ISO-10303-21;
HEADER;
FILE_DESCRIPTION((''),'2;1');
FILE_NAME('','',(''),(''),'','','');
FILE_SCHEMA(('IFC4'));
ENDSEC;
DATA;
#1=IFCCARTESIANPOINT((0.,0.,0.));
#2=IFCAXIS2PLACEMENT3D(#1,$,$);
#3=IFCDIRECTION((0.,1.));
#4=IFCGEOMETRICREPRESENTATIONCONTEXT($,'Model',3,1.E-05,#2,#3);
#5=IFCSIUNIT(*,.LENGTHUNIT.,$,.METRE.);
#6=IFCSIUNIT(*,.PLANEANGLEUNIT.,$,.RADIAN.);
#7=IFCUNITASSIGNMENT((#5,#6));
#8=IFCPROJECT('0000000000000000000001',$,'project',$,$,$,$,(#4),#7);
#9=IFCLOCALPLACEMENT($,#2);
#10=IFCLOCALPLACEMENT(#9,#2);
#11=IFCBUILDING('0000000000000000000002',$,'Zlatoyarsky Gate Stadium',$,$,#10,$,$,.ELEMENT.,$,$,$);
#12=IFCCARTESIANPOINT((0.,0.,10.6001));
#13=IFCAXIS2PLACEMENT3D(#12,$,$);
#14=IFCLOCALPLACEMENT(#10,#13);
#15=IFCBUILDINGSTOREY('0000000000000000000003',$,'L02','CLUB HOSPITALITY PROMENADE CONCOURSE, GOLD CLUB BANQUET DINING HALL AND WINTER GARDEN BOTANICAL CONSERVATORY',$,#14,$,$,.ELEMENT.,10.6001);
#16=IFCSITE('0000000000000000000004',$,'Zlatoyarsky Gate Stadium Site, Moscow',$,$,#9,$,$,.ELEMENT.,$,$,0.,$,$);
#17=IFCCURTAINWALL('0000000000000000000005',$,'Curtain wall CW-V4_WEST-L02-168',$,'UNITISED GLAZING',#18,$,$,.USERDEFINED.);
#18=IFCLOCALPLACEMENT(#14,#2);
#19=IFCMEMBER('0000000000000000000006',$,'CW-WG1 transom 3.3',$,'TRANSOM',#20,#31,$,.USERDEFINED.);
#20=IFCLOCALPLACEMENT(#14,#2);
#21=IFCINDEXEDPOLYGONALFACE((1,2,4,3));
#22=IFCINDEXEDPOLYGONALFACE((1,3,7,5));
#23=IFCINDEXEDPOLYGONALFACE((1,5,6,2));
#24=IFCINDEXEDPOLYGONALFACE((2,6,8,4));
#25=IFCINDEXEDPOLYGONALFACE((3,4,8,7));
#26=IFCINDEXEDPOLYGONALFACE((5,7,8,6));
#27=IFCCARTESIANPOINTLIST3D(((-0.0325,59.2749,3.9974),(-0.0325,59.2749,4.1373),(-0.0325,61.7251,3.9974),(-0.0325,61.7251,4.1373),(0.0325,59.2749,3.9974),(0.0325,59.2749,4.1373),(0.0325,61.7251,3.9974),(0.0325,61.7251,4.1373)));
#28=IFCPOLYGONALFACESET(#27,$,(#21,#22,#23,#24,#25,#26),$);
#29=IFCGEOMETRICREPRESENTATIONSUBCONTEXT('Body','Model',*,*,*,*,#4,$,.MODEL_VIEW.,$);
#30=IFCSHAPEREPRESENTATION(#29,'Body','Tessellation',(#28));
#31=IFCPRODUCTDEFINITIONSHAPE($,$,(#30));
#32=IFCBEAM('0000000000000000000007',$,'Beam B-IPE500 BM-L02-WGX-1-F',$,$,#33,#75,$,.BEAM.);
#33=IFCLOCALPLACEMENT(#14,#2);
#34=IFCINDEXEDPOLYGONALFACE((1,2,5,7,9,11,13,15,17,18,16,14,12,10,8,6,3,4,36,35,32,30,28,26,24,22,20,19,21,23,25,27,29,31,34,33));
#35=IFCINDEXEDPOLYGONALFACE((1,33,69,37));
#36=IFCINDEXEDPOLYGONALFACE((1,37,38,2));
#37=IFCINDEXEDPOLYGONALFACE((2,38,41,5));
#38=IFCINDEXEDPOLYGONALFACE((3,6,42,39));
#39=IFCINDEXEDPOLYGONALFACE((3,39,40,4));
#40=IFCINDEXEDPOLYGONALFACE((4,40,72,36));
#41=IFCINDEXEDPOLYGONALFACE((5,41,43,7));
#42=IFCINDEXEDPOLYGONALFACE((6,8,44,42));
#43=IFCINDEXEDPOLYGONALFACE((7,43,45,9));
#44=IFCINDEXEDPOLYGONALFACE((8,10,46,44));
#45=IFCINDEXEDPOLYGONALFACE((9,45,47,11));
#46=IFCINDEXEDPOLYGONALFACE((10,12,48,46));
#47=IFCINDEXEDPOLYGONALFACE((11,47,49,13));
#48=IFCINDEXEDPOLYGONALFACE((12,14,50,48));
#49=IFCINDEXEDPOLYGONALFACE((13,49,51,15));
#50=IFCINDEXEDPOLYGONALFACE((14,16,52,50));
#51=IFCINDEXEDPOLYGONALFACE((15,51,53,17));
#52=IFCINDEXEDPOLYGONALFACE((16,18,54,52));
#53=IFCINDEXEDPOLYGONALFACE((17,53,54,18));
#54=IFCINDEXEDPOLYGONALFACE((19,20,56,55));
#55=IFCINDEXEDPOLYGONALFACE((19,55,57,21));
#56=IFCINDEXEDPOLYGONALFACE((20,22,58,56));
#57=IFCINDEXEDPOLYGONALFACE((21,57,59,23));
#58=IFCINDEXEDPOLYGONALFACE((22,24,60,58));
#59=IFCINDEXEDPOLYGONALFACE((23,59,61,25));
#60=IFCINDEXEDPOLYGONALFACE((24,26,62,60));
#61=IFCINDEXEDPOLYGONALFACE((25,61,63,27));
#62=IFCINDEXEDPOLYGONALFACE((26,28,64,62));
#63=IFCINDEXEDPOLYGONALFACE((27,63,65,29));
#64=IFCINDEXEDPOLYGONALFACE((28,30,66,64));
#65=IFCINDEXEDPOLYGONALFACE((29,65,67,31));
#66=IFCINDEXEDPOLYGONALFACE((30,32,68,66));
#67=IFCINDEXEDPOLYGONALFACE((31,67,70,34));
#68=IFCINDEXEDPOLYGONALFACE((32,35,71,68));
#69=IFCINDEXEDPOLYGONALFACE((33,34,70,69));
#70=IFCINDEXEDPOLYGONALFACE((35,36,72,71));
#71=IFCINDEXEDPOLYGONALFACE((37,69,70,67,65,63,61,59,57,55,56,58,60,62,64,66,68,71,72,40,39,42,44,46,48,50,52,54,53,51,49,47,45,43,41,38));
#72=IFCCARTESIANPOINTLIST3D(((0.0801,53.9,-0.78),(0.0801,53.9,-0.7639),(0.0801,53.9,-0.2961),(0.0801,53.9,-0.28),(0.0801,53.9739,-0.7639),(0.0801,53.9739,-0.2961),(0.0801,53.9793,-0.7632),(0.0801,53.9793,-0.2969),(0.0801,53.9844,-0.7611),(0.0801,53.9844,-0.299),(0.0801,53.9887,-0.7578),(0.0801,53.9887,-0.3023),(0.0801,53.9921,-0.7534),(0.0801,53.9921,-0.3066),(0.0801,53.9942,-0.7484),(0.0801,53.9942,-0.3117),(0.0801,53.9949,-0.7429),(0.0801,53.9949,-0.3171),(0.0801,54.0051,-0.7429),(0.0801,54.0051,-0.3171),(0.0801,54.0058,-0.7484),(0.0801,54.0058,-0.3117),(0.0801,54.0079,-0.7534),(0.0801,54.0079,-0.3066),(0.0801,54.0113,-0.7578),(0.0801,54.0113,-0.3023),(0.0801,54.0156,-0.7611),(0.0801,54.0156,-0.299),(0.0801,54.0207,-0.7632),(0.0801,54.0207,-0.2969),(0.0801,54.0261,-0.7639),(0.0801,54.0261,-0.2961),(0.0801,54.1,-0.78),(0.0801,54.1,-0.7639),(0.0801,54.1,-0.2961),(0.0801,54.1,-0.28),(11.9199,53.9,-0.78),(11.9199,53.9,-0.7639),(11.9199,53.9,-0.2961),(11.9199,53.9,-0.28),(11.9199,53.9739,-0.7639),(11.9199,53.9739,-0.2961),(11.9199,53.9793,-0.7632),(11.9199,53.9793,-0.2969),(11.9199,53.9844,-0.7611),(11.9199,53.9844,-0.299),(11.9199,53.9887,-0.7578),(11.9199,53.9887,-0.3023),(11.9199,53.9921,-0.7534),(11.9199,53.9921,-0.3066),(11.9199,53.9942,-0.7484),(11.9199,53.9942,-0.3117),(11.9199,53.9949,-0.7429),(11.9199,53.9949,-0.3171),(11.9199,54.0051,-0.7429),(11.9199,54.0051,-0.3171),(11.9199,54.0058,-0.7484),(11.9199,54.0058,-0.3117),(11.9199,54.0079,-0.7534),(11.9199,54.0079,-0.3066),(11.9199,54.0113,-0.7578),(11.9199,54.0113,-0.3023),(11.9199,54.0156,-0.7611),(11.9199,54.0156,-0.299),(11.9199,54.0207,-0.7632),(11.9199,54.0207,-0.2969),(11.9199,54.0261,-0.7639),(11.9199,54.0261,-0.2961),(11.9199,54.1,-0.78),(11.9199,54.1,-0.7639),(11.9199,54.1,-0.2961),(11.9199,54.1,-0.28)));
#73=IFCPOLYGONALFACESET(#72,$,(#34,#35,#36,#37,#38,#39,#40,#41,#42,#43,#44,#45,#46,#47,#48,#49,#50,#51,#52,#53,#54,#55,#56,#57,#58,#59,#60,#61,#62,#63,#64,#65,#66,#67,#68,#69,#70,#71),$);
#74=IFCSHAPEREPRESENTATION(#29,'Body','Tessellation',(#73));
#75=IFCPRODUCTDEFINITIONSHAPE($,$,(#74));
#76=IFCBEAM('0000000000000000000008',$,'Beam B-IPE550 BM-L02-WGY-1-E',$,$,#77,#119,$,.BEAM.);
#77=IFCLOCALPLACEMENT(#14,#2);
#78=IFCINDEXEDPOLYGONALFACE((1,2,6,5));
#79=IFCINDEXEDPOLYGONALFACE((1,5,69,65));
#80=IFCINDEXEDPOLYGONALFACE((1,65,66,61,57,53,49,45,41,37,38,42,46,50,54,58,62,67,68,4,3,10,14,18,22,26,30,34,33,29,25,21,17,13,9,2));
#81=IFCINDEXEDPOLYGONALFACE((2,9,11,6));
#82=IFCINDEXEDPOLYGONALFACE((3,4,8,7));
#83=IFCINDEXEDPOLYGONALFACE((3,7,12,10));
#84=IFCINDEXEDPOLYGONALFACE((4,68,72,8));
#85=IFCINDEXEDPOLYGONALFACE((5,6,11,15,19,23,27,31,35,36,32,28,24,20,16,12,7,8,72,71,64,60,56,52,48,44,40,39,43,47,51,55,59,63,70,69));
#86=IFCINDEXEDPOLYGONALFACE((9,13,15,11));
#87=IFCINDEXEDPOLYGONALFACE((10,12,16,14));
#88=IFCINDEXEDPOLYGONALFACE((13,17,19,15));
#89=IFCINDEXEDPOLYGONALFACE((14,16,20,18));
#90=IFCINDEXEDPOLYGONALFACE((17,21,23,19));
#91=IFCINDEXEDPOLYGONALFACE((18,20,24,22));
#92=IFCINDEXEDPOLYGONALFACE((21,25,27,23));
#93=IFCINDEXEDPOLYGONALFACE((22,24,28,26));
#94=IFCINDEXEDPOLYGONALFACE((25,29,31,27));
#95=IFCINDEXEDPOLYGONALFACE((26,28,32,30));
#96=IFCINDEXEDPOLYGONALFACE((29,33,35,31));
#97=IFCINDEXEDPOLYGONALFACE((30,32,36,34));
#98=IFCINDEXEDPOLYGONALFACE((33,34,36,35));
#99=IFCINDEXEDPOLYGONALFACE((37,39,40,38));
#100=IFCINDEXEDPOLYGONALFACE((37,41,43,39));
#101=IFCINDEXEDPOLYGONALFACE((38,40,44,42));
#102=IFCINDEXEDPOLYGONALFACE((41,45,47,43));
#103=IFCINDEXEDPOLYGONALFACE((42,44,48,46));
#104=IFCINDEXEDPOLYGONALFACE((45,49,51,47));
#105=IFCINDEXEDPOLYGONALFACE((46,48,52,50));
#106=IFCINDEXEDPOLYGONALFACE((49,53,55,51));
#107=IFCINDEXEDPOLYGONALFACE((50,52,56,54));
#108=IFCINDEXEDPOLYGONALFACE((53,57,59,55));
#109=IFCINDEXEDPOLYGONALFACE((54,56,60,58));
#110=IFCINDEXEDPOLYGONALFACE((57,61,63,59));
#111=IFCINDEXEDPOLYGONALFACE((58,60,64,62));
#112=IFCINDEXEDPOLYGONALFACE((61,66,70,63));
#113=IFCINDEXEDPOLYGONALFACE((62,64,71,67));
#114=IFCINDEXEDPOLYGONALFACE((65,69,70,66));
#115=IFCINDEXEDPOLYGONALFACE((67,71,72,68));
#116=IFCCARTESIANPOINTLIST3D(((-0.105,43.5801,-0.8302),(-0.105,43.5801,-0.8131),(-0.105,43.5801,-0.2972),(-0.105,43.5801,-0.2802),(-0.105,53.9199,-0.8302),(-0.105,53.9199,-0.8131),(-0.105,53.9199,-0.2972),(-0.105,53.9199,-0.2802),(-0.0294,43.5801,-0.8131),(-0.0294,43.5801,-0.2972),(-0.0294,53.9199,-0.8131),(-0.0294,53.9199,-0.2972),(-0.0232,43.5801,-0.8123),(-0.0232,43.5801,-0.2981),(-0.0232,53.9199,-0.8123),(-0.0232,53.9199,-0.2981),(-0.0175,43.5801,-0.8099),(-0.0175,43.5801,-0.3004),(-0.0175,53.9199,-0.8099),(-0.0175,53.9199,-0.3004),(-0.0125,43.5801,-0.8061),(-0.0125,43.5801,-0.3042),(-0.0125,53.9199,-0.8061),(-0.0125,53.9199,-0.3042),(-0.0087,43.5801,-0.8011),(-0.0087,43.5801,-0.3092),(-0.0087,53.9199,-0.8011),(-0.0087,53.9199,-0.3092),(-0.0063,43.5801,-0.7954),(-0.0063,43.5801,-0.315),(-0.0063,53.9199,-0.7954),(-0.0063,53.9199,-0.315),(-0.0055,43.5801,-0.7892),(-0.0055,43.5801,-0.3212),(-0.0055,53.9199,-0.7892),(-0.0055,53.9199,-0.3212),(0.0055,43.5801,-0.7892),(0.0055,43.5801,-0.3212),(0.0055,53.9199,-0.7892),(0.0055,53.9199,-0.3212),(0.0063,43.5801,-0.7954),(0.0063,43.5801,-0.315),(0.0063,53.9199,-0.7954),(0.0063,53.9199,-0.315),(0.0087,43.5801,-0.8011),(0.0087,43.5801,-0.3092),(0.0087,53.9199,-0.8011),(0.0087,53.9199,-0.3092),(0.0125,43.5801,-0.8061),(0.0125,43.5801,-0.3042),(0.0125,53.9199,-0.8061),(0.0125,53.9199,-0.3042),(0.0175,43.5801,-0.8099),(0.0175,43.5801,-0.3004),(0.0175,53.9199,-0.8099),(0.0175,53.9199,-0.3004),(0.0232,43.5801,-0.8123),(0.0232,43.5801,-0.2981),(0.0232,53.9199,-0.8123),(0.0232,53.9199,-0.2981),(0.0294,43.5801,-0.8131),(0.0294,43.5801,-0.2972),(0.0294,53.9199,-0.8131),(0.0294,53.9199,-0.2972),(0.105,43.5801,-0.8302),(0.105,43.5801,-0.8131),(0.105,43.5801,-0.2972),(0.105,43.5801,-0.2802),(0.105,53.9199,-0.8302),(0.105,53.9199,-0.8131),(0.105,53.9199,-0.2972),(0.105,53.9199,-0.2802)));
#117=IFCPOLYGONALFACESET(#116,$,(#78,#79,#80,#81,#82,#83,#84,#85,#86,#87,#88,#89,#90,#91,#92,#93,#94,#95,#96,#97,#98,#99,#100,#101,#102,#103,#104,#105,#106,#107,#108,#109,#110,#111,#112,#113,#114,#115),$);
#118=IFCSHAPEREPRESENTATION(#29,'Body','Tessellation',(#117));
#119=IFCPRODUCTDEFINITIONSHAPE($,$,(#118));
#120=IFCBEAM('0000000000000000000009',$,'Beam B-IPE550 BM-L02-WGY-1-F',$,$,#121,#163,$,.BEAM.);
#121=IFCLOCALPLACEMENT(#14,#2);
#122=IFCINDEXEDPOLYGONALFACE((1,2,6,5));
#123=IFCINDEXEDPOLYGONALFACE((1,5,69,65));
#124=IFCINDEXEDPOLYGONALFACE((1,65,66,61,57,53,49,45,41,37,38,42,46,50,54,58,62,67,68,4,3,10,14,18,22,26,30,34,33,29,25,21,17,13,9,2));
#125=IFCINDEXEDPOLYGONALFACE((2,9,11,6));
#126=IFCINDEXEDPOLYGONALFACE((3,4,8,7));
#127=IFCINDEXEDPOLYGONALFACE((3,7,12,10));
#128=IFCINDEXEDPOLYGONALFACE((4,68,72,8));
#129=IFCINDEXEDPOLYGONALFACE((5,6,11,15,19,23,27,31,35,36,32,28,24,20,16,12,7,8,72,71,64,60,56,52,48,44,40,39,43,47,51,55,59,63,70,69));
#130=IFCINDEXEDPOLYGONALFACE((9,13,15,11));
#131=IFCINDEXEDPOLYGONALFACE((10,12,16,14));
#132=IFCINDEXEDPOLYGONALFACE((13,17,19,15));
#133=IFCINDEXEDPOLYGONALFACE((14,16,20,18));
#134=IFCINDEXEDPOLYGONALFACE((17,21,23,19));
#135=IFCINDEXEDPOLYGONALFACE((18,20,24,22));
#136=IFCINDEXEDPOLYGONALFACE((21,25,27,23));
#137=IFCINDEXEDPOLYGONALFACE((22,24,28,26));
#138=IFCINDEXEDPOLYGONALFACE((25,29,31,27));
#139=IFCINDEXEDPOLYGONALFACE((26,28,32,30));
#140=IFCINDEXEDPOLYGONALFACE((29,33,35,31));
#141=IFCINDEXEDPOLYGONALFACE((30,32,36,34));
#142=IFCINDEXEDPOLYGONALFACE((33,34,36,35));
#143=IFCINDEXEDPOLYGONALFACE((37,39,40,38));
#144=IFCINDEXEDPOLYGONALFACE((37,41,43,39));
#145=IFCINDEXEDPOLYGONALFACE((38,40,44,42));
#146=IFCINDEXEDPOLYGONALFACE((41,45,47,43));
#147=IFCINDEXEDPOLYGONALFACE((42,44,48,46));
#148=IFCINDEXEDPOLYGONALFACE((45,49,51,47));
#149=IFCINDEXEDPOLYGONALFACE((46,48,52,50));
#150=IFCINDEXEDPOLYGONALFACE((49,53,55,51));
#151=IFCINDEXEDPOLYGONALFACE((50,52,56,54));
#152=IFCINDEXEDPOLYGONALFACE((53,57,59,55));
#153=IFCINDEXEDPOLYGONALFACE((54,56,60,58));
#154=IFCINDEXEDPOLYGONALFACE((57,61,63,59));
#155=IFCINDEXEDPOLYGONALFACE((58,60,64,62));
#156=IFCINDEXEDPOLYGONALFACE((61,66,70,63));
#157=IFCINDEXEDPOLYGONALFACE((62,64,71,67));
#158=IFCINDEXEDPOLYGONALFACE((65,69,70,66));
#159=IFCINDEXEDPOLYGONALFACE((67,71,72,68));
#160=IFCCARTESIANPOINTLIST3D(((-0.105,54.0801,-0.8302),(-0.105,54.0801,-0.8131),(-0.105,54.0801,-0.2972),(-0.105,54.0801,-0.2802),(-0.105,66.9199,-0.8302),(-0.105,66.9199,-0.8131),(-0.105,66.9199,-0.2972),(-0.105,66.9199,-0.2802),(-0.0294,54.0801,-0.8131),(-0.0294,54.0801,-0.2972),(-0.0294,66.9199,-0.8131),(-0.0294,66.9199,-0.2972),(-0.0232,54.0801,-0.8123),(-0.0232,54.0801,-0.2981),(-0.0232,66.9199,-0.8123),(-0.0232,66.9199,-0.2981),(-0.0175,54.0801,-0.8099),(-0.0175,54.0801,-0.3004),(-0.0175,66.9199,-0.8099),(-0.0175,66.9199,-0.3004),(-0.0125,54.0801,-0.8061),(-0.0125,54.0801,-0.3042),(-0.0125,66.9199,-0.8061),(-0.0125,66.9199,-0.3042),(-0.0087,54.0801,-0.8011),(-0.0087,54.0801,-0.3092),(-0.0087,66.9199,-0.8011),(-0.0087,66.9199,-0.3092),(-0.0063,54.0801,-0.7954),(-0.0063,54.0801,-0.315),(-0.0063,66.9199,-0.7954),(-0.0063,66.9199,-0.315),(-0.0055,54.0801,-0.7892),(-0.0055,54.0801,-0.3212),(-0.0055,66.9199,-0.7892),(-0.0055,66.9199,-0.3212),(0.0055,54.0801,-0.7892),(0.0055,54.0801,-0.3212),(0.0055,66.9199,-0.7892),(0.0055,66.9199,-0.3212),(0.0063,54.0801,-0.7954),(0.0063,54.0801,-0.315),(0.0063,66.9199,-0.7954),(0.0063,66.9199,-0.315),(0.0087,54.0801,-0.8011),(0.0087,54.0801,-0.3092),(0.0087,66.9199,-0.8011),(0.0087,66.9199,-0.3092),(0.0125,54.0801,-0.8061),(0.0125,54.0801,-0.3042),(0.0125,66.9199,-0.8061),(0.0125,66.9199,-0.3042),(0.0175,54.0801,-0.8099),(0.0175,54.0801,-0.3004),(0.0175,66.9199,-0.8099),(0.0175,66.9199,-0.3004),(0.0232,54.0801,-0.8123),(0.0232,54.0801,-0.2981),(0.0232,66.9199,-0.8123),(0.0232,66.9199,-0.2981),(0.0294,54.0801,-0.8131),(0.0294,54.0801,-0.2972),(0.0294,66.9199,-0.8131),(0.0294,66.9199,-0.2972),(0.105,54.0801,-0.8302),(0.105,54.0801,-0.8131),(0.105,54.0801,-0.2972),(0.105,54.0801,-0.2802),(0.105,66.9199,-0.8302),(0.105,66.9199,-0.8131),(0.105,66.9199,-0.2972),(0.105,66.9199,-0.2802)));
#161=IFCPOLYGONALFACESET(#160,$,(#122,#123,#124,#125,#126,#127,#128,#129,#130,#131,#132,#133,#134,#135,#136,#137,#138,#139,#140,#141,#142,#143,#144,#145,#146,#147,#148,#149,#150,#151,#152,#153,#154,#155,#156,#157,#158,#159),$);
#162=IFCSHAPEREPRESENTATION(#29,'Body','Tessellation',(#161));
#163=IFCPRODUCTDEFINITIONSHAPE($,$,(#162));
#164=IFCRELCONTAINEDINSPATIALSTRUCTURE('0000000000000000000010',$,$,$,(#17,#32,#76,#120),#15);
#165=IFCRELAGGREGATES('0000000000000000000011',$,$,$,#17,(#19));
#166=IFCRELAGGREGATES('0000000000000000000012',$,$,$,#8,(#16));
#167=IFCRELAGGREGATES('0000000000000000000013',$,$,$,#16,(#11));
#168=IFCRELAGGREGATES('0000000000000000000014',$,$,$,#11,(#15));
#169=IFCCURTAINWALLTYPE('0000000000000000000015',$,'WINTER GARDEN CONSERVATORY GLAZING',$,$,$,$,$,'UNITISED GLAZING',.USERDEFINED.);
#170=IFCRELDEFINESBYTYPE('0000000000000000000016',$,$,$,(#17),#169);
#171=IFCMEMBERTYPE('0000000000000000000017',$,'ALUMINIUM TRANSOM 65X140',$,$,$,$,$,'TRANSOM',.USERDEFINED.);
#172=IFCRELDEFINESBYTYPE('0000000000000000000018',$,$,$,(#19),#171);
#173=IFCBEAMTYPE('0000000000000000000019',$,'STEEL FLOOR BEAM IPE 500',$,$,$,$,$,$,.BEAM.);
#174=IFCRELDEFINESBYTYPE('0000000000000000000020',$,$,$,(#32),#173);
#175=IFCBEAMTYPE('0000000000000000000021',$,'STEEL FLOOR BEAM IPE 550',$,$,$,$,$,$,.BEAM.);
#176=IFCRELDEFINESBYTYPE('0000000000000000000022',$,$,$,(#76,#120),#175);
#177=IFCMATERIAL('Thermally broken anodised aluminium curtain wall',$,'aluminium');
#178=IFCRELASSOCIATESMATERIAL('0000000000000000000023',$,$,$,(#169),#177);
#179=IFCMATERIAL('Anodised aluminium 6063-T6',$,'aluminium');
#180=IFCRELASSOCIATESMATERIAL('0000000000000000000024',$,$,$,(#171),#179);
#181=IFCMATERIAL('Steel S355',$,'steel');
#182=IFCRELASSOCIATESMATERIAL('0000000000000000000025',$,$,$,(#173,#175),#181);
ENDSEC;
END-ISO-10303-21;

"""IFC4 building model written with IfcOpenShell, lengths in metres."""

from ifc_helpers import new_model, si_unit, direction, frame, origin, origin_2d, place, context, subcontext, project, spatial, rectangle, i_section, extrude, material, material_profile, profile_set, type_object, element, aggregate, save


model = new_model("IFC4")

# Units and contexts
model_context = context("Model", 3, precision=1e-05, world=origin(), true_north=direction((0.0, 1.0)))
body_context = subcontext(model_context, "Body", "Model", "MODEL_VIEW")
ifc_project = project(units=[si_unit("LENGTHUNIT", "METRE"), si_unit("PLANEANGLEUNIT", "RADIAN")], contexts=[model_context])

# Site, building, storey
site_placement = place(None, origin())
site = spatial("IfcSite", under=ifc_project, at=site_placement, Name="Zlatoyarsky Gate Stadium Site, Moscow", CompositionType="ELEMENT", RefElevation=0.0)
building_placement = place(site_placement, origin())
building = spatial("IfcBuilding", under=site, at=building_placement, Name="Zlatoyarsky Gate Stadium", CompositionType="ELEMENT")
storey_placement = place(building_placement, frame((0.0, 0.0, 10.6001)))
storey = spatial("IfcBuildingStorey", under=building, at=storey_placement, Name="L02", Description="CLUB HOSPITALITY PROMENADE CONCOURSE, GOLD CLUB BANQUET DINING HALL AND WINTER GARDEN BOTANICAL CONSERVATORY", CompositionType="ELEMENT", Elevation=10.6001)

# Shared definitions
ifc_material_1 = material(Name="Steel S355", Category="steel")

# Curtain wall, member
ifc_material_2 = material(Name="Thermally broken anodised aluminium curtain wall", Category="aluminium")
curtain_wall_type = type_object("IfcCurtainWallType", Name="WINTER GARDEN CONSERVATORY GLAZING", ElementType="UNITISED GLAZING", PredefinedType="USERDEFINED", material=ifc_material_2)
curtain_wall_placement = place(storey_placement, origin())
curtain_wall = element("IfcCurtainWall", 1, at=curtain_wall_placement, inside=storey, type_object=curtain_wall_type, Name="Curtain wall CW-V4_WEST-L02-168", ObjectType="UNITISED GLAZING", PredefinedType="USERDEFINED")
ifc_material_3 = material(Name="Anodised aluminium 6063-T6", Category="aluminium")
ifc_material_profile_1 = material_profile(ifc_material_3, rectangle(XDim=0.0649, YDim=0.1399, at=origin_2d()), Name="ALU 65X140")
ifc_profile_set_1 = profile_set([ifc_material_profile_1], Name="Anodised aluminium 6063-T6")
member_type_1 = type_object("IfcMemberType", Name="ALUMINIUM TRANSOM 65X140", ElementType="TRANSOM", PredefinedType="USERDEFINED", material=ifc_profile_set_1)
member_1_placement = place(storey_placement, frame((0.0, 59.2749, 4.0674), z_axis=(0.0, 1.0, 0.0), x_axis=(-1.0, 0.0, 0.0)))
member_1 = element("IfcMember", 2, at=member_1_placement, type_object=member_type_1, Name="CW-WG1 transom 3.3", ObjectType="TRANSOM", PredefinedType="USERDEFINED", context=body_context, shape_type="SweptSolid", body=[
    extrude(rectangle(XDim=0.0649, YDim=0.1399, at=origin_2d()), origin(), (0.0, 0.0, 1.0), 2.4502),
])

# Beams
ifc_material_profile_2 = material_profile(ifc_material_1, i_section(OverallWidth=0.2, OverallDepth=0.5, WebThickness=0.0103, FlangeThickness=0.0161, FilletRadius=0.021, at=origin_2d()), Name="IPE 500")
ifc_profile_set_2 = profile_set([ifc_material_profile_2], Name="Steel S355")
beam_type_1 = type_object("IfcBeamType", Name="STEEL FLOOR BEAM IPE 500", PredefinedType="BEAM", material=ifc_profile_set_2)
beam_1_placement = place(storey_placement, frame((0.0801, 54.0, -0.53), z_axis=(1.0, 0.0, 0.0), x_axis=(0.0, 1.0, 0.0)))
element("IfcBeam", 3, at=beam_1_placement, inside=storey, type_object=beam_type_1, Name="Beam B-IPE500 BM-L02-WGX-1-F", PredefinedType="BEAM", context=body_context, shape_type="SweptSolid", body=[
    extrude(i_section(OverallWidth=0.2, OverallDepth=0.5, WebThickness=0.0103, FlangeThickness=0.0161, FilletRadius=0.021, at=origin_2d()), origin(), (0.0, 0.0, 1.0), 11.8398),
])
ifc_material_profile_3 = material_profile(ifc_material_1, i_section(OverallWidth=0.21, OverallDepth=0.55, WebThickness=0.011, FlangeThickness=0.0171, FilletRadius=0.0239, at=origin_2d()), Name="IPE 550")
ifc_profile_set_3 = profile_set([ifc_material_profile_3], Name="Steel S355")
beam_type_2 = type_object("IfcBeamType", Name="STEEL FLOOR BEAM IPE 550", PredefinedType="BEAM", material=ifc_profile_set_3)
beam_2_placement = place(storey_placement, frame((0.0, 43.5801, -0.5552), z_axis=(0.0, 1.0, 0.0), x_axis=(-1.0, 0.0, 0.0)))
element("IfcBeam", 4, at=beam_2_placement, inside=storey, type_object=beam_type_2, Name="Beam B-IPE550 BM-L02-WGY-1-E", PredefinedType="BEAM", context=body_context, shape_type="SweptSolid", body=[
    extrude(i_section(OverallWidth=0.21, OverallDepth=0.55, WebThickness=0.011, FlangeThickness=0.0171, FilletRadius=0.0239, at=origin_2d()), origin(), (0.0, 0.0, 1.0), 10.3398),
])
beam_3_placement = place(storey_placement, frame((0.0, 54.0801, -0.5552), z_axis=(0.0, 1.0, 0.0), x_axis=(-1.0, 0.0, 0.0)))
element("IfcBeam", 5, at=beam_3_placement, inside=storey, type_object=beam_type_2, Name="Beam B-IPE550 BM-L02-WGY-1-F", PredefinedType="BEAM", context=body_context, shape_type="SweptSolid", body=[
    extrude(i_section(OverallWidth=0.21, OverallDepth=0.55, WebThickness=0.011, FlangeThickness=0.0171, FilletRadius=0.0239, at=origin_2d()), origin(), (0.0, 0.0, 1.0), 12.8398),
])

aggregate(curtain_wall, [member_1])

save(model, "model.ifc")
